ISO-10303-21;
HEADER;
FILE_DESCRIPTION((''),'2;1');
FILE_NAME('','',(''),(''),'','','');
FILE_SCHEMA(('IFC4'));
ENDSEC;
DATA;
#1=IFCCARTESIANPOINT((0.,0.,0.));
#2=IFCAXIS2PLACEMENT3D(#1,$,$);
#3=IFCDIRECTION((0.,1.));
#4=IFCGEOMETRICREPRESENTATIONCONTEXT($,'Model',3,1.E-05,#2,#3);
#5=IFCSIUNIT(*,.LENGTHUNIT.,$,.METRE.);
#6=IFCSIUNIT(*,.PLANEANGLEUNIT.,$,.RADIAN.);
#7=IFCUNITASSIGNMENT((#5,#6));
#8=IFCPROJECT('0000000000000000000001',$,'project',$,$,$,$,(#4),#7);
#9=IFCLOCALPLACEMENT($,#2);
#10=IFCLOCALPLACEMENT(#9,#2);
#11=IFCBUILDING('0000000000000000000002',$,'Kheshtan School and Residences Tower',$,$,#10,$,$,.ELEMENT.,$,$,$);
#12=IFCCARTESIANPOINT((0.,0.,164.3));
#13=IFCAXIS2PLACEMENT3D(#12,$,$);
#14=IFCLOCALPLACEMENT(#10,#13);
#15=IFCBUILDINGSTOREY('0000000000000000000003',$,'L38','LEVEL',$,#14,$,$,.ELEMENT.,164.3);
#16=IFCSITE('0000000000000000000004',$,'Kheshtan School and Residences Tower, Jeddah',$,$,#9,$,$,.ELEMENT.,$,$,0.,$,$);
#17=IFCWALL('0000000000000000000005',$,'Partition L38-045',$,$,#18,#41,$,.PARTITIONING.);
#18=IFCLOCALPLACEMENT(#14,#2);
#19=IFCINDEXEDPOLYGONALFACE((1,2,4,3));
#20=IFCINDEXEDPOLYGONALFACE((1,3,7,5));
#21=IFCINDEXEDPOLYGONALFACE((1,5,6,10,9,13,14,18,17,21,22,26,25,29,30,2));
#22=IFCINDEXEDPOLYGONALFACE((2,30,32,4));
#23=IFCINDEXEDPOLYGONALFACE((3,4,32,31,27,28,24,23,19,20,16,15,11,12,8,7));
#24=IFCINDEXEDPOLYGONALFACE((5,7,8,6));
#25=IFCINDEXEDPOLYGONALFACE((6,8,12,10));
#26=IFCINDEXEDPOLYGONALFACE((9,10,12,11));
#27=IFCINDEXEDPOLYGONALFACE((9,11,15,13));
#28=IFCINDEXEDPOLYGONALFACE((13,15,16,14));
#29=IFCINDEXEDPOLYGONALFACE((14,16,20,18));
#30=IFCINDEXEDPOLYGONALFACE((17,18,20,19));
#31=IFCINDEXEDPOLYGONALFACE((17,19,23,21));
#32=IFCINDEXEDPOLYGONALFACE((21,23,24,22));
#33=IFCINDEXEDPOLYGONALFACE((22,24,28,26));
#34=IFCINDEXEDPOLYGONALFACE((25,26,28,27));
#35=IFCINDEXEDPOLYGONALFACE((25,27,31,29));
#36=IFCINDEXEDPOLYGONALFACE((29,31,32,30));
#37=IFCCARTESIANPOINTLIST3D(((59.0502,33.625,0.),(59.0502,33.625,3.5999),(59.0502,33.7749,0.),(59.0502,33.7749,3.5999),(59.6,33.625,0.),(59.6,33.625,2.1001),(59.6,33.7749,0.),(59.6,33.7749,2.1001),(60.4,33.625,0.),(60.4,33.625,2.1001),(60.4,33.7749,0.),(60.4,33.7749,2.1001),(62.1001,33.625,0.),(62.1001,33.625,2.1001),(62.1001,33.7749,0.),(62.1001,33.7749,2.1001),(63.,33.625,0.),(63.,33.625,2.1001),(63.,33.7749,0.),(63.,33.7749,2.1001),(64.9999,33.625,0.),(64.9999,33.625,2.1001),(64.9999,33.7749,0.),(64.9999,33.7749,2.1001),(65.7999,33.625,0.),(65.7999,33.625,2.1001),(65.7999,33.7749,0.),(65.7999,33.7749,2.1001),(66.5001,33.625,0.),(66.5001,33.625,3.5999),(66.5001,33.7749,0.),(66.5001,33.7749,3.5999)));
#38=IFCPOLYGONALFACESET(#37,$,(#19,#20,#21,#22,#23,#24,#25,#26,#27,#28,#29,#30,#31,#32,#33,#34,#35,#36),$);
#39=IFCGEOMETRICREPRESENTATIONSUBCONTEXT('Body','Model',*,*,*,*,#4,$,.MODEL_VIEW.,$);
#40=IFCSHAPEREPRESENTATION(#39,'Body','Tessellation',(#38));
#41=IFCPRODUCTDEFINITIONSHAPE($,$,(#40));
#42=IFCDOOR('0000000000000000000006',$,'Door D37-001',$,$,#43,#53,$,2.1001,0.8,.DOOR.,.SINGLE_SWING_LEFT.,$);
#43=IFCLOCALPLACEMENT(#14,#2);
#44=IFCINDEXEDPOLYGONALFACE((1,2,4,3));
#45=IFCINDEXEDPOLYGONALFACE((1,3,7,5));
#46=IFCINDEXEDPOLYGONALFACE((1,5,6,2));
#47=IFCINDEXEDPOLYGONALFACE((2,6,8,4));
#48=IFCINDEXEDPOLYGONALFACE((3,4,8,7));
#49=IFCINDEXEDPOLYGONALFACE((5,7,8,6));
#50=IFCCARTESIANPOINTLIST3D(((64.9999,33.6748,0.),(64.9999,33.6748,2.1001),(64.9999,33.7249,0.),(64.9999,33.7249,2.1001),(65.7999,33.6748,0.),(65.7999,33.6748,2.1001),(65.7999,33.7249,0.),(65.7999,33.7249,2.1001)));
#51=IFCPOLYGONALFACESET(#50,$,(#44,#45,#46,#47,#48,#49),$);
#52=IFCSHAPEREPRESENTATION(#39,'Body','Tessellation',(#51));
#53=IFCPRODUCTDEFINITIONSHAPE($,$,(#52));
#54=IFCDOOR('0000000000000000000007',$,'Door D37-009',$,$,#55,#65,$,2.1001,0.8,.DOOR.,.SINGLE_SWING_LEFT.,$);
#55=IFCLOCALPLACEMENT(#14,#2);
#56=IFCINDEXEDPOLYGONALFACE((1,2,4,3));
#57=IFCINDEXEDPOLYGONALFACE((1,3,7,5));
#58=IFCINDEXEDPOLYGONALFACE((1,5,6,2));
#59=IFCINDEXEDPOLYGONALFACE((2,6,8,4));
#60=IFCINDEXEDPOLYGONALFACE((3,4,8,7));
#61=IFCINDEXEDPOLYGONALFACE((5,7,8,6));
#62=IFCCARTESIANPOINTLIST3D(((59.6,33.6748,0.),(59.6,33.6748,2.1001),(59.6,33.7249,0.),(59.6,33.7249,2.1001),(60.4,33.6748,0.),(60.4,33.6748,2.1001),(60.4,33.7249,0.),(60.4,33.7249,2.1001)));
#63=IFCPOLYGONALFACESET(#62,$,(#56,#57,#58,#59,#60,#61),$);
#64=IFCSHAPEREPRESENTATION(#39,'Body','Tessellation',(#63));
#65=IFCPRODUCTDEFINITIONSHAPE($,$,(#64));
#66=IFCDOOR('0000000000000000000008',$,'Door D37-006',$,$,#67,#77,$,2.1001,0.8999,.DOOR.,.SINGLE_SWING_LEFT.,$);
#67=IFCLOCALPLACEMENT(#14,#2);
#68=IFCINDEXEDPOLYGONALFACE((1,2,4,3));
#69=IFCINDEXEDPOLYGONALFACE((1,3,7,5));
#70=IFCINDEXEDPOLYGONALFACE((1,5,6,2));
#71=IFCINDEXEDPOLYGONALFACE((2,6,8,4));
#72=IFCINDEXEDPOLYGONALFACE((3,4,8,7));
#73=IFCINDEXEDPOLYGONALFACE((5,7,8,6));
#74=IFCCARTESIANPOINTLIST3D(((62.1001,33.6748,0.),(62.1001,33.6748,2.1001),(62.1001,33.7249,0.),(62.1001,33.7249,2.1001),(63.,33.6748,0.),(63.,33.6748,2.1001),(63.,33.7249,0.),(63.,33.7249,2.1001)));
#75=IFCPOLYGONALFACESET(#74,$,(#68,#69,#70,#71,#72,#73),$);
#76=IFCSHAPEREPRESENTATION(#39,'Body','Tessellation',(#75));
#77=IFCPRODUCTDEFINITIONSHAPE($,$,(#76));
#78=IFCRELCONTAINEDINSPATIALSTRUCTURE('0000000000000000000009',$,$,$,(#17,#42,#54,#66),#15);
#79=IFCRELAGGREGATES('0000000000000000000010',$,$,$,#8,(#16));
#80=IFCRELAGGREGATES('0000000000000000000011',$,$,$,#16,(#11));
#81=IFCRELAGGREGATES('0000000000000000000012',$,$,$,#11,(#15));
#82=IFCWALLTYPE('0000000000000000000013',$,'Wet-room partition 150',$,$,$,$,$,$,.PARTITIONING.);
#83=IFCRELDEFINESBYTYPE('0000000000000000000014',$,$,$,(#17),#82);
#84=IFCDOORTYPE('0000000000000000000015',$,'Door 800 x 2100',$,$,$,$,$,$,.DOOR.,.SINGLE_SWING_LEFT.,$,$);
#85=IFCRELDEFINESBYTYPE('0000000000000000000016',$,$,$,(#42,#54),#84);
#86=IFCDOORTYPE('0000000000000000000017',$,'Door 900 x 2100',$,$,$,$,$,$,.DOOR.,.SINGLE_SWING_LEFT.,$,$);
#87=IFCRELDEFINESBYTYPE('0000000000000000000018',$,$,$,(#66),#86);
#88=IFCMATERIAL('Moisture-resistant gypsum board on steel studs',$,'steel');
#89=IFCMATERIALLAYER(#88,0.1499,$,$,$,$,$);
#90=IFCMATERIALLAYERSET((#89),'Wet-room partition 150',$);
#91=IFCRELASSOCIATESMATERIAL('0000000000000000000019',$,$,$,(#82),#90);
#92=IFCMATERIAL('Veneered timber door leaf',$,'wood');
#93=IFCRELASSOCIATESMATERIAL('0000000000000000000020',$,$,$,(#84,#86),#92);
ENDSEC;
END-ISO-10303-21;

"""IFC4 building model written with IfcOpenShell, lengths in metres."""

from ifc_helpers import new_model, si_unit, direction, frame, frame_2d, origin, place, context, subcontext, project, spatial, rectangle, extrude, source, transform, mapped, material, layer, layer_set, type_object, element, fill, save


model = new_model("IFC4")

# Units and contexts
model_context = context("Model", 3, precision=1e-05, world=origin(), true_north=direction((0.0, 1.0)))
body_context = subcontext(model_context, "Body", "Model", "MODEL_VIEW")
ifc_project = project(units=[si_unit("LENGTHUNIT", "METRE"), si_unit("PLANEANGLEUNIT", "RADIAN")], contexts=[model_context])

# Site, building, storey
site_placement = place(None, origin())
site = spatial("IfcSite", under=ifc_project, at=site_placement, Name="Kheshtan School and Residences Tower, Jeddah", CompositionType="ELEMENT", RefElevation=0.0)
building_placement = place(site_placement, origin())
building = spatial("IfcBuilding", under=site, at=building_placement, Name="Kheshtan School and Residences Tower", CompositionType="ELEMENT")
storey_placement = place(building_placement, frame((0.0, 0.0, 164.3)))
storey = spatial("IfcBuildingStorey", under=building, at=storey_placement, Name="L38", Description="LEVEL", CompositionType="ELEMENT", Elevation=164.3)

# Wall, openings, doors
ifc_material_1 = material(Name="Moisture-resistant gypsum board on steel studs", Category="steel")
ifc_layer_1 = layer(ifc_material_1, 0.1499)
ifc_layer_set_1 = layer_set([ifc_layer_1], Name="Wet-room partition 150")
wall_type_1 = type_object("IfcWallType", Name="Wet-room partition 150", PredefinedType="PARTITIONING", material=ifc_layer_set_1)
wall_1_placement = place(storey_placement, frame((59.05, 33.7, 0.0), z_axis=(0.0, 0.0, 1.0), x_axis=(1.0, 0.0, 0.0)))
wall_1 = element("IfcWall", 1, at=wall_1_placement, inside=storey, type_object=wall_type_1, Name="Partition L38-045", PredefinedType="PARTITIONING", context=body_context, shape_type="SweptSolid", body=[
    extrude(rectangle(XDim=7.45, YDim=0.1499, at=frame_2d((3.7251, 0.0))), origin(), (0.0, 0.0, 1.0), 3.5999),
])
opening_1_placement = place(wall_1_placement, frame((5.95, 0.0, 0.0)))
opening_1 = element("IfcOpeningElement", 2, at=opening_1_placement, cuts=wall_1, PredefinedType="OPENING", context=body_context, shape_type="SweptSolid", body=[
    extrude(rectangle(XDim=0.8, YDim=2.1001, at=frame_2d((0.3999, 1.05))), frame((0.0, 0.085, 0.0), z_axis=(0.0, -1.0, 0.0), x_axis=(1.0, 0.0, 0.0)), (0.0, 0.0, 1.0), 0.1699),
])
opening_2_placement = place(wall_1_placement, frame((3.05, 0.0, 0.0)))
opening_2 = element("IfcOpeningElement", 3, at=opening_2_placement, cuts=wall_1, PredefinedType="OPENING", context=body_context, shape_type="SweptSolid", body=[
    extrude(rectangle(XDim=0.8999, YDim=2.1001, at=frame_2d((0.45, 1.05))), frame((0.0, 0.085, 0.0), z_axis=(0.0, -1.0, 0.0), x_axis=(1.0, 0.0, 0.0)), (0.0, 0.0, 1.0), 0.1699),
])
opening_3_placement = place(wall_1_placement, frame((0.55, 0.0, 0.0)))
opening_3 = element("IfcOpeningElement", 4, at=opening_3_placement, cuts=wall_1, PredefinedType="OPENING", context=body_context, shape_type="SweptSolid", body=[
    extrude(rectangle(XDim=0.8, YDim=2.1001, at=frame_2d((0.3999, 1.05))), frame((0.0, 0.085, 0.0), z_axis=(0.0, -1.0, 0.0), x_axis=(1.0, 0.0, 0.0)), (0.0, 0.0, 1.0), 0.1699),
])
ifc_material_2 = material(Name="Veneered timber door leaf", Category="wood")
door_type_1 = type_object("IfcDoorType", Name="Door 800 x 2100", OperationType="SINGLE_SWING_LEFT", PredefinedType="DOOR", material=ifc_material_2)
shared_shape_1 = source(origin(), body_context, "Body", "SweptSolid", [
    extrude(rectangle(XDim=0.8, YDim=2.1001, at=frame_2d((0.3999, 1.05))), frame((0.0, 0.0249, 0.0), z_axis=(0.0, -1.0, 0.0), x_axis=(1.0, 0.0, 0.0)), (0.0, 0.0, 1.0), 0.05),
])
door_1_placement = place(opening_1_placement, origin())
door_1 = element("IfcDoor", 5, at=door_1_placement, inside=storey, type_object=door_type_1, Name="Door D37-001", OperationType="SINGLE_SWING_LEFT", OverallHeight=2.1001, OverallWidth=0.8, PredefinedType="DOOR", context=body_context, shape_type="MappedRepresentation", body=[
    mapped(shared_shape_1, transform((0.0, 0.0, 0.0), x_axis=(1.0, 0.0, 0.0), y_axis=(0.0, 1.0, 0.0), z_axis=(0.0, 0.0, 1.0), scale=1.0)),
])
fill(opening_1, door_1)
door_2_placement = place(opening_3_placement, origin())
door_2 = element("IfcDoor", 6, at=door_2_placement, inside=storey, type_object=door_type_1, Name="Door D37-009", OperationType="SINGLE_SWING_LEFT", OverallHeight=2.1001, OverallWidth=0.8, PredefinedType="DOOR", context=body_context, shape_type="MappedRepresentation", body=[
    mapped(shared_shape_1, transform((0.0, 0.0, 0.0), x_axis=(1.0, 0.0, 0.0), y_axis=(0.0, 1.0, 0.0), z_axis=(0.0, 0.0, 1.0), scale=1.0)),
])
fill(opening_3, door_2)
door_type_2 = type_object("IfcDoorType", Name="Door 900 x 2100", OperationType="SINGLE_SWING_LEFT", PredefinedType="DOOR", material=ifc_material_2)
shared_shape_2 = source(origin(), body_context, "Body", "SweptSolid", [
    extrude(rectangle(XDim=0.8999, YDim=2.1001, at=frame_2d((0.45, 1.05))), frame((0.0, 0.0249, 0.0), z_axis=(0.0, -1.0, 0.0), x_axis=(1.0, 0.0, 0.0)), (0.0, 0.0, 1.0), 0.05),
])
door_3_placement = place(opening_2_placement, origin())
door_3 = element("IfcDoor", 7, at=door_3_placement, inside=storey, type_object=door_type_2, Name="Door D37-006", OperationType="SINGLE_SWING_LEFT", OverallHeight=2.1001, OverallWidth=0.8999, PredefinedType="DOOR", context=body_context, shape_type="MappedRepresentation", body=[
    mapped(shared_shape_2, transform((0.0, 0.0, 0.0), x_axis=(1.0, 0.0, 0.0), y_axis=(0.0, 1.0, 0.0), z_axis=(0.0, 0.0, 1.0), scale=1.0)),
])
fill(opening_2, door_3)

save(model, "model.ifc")
